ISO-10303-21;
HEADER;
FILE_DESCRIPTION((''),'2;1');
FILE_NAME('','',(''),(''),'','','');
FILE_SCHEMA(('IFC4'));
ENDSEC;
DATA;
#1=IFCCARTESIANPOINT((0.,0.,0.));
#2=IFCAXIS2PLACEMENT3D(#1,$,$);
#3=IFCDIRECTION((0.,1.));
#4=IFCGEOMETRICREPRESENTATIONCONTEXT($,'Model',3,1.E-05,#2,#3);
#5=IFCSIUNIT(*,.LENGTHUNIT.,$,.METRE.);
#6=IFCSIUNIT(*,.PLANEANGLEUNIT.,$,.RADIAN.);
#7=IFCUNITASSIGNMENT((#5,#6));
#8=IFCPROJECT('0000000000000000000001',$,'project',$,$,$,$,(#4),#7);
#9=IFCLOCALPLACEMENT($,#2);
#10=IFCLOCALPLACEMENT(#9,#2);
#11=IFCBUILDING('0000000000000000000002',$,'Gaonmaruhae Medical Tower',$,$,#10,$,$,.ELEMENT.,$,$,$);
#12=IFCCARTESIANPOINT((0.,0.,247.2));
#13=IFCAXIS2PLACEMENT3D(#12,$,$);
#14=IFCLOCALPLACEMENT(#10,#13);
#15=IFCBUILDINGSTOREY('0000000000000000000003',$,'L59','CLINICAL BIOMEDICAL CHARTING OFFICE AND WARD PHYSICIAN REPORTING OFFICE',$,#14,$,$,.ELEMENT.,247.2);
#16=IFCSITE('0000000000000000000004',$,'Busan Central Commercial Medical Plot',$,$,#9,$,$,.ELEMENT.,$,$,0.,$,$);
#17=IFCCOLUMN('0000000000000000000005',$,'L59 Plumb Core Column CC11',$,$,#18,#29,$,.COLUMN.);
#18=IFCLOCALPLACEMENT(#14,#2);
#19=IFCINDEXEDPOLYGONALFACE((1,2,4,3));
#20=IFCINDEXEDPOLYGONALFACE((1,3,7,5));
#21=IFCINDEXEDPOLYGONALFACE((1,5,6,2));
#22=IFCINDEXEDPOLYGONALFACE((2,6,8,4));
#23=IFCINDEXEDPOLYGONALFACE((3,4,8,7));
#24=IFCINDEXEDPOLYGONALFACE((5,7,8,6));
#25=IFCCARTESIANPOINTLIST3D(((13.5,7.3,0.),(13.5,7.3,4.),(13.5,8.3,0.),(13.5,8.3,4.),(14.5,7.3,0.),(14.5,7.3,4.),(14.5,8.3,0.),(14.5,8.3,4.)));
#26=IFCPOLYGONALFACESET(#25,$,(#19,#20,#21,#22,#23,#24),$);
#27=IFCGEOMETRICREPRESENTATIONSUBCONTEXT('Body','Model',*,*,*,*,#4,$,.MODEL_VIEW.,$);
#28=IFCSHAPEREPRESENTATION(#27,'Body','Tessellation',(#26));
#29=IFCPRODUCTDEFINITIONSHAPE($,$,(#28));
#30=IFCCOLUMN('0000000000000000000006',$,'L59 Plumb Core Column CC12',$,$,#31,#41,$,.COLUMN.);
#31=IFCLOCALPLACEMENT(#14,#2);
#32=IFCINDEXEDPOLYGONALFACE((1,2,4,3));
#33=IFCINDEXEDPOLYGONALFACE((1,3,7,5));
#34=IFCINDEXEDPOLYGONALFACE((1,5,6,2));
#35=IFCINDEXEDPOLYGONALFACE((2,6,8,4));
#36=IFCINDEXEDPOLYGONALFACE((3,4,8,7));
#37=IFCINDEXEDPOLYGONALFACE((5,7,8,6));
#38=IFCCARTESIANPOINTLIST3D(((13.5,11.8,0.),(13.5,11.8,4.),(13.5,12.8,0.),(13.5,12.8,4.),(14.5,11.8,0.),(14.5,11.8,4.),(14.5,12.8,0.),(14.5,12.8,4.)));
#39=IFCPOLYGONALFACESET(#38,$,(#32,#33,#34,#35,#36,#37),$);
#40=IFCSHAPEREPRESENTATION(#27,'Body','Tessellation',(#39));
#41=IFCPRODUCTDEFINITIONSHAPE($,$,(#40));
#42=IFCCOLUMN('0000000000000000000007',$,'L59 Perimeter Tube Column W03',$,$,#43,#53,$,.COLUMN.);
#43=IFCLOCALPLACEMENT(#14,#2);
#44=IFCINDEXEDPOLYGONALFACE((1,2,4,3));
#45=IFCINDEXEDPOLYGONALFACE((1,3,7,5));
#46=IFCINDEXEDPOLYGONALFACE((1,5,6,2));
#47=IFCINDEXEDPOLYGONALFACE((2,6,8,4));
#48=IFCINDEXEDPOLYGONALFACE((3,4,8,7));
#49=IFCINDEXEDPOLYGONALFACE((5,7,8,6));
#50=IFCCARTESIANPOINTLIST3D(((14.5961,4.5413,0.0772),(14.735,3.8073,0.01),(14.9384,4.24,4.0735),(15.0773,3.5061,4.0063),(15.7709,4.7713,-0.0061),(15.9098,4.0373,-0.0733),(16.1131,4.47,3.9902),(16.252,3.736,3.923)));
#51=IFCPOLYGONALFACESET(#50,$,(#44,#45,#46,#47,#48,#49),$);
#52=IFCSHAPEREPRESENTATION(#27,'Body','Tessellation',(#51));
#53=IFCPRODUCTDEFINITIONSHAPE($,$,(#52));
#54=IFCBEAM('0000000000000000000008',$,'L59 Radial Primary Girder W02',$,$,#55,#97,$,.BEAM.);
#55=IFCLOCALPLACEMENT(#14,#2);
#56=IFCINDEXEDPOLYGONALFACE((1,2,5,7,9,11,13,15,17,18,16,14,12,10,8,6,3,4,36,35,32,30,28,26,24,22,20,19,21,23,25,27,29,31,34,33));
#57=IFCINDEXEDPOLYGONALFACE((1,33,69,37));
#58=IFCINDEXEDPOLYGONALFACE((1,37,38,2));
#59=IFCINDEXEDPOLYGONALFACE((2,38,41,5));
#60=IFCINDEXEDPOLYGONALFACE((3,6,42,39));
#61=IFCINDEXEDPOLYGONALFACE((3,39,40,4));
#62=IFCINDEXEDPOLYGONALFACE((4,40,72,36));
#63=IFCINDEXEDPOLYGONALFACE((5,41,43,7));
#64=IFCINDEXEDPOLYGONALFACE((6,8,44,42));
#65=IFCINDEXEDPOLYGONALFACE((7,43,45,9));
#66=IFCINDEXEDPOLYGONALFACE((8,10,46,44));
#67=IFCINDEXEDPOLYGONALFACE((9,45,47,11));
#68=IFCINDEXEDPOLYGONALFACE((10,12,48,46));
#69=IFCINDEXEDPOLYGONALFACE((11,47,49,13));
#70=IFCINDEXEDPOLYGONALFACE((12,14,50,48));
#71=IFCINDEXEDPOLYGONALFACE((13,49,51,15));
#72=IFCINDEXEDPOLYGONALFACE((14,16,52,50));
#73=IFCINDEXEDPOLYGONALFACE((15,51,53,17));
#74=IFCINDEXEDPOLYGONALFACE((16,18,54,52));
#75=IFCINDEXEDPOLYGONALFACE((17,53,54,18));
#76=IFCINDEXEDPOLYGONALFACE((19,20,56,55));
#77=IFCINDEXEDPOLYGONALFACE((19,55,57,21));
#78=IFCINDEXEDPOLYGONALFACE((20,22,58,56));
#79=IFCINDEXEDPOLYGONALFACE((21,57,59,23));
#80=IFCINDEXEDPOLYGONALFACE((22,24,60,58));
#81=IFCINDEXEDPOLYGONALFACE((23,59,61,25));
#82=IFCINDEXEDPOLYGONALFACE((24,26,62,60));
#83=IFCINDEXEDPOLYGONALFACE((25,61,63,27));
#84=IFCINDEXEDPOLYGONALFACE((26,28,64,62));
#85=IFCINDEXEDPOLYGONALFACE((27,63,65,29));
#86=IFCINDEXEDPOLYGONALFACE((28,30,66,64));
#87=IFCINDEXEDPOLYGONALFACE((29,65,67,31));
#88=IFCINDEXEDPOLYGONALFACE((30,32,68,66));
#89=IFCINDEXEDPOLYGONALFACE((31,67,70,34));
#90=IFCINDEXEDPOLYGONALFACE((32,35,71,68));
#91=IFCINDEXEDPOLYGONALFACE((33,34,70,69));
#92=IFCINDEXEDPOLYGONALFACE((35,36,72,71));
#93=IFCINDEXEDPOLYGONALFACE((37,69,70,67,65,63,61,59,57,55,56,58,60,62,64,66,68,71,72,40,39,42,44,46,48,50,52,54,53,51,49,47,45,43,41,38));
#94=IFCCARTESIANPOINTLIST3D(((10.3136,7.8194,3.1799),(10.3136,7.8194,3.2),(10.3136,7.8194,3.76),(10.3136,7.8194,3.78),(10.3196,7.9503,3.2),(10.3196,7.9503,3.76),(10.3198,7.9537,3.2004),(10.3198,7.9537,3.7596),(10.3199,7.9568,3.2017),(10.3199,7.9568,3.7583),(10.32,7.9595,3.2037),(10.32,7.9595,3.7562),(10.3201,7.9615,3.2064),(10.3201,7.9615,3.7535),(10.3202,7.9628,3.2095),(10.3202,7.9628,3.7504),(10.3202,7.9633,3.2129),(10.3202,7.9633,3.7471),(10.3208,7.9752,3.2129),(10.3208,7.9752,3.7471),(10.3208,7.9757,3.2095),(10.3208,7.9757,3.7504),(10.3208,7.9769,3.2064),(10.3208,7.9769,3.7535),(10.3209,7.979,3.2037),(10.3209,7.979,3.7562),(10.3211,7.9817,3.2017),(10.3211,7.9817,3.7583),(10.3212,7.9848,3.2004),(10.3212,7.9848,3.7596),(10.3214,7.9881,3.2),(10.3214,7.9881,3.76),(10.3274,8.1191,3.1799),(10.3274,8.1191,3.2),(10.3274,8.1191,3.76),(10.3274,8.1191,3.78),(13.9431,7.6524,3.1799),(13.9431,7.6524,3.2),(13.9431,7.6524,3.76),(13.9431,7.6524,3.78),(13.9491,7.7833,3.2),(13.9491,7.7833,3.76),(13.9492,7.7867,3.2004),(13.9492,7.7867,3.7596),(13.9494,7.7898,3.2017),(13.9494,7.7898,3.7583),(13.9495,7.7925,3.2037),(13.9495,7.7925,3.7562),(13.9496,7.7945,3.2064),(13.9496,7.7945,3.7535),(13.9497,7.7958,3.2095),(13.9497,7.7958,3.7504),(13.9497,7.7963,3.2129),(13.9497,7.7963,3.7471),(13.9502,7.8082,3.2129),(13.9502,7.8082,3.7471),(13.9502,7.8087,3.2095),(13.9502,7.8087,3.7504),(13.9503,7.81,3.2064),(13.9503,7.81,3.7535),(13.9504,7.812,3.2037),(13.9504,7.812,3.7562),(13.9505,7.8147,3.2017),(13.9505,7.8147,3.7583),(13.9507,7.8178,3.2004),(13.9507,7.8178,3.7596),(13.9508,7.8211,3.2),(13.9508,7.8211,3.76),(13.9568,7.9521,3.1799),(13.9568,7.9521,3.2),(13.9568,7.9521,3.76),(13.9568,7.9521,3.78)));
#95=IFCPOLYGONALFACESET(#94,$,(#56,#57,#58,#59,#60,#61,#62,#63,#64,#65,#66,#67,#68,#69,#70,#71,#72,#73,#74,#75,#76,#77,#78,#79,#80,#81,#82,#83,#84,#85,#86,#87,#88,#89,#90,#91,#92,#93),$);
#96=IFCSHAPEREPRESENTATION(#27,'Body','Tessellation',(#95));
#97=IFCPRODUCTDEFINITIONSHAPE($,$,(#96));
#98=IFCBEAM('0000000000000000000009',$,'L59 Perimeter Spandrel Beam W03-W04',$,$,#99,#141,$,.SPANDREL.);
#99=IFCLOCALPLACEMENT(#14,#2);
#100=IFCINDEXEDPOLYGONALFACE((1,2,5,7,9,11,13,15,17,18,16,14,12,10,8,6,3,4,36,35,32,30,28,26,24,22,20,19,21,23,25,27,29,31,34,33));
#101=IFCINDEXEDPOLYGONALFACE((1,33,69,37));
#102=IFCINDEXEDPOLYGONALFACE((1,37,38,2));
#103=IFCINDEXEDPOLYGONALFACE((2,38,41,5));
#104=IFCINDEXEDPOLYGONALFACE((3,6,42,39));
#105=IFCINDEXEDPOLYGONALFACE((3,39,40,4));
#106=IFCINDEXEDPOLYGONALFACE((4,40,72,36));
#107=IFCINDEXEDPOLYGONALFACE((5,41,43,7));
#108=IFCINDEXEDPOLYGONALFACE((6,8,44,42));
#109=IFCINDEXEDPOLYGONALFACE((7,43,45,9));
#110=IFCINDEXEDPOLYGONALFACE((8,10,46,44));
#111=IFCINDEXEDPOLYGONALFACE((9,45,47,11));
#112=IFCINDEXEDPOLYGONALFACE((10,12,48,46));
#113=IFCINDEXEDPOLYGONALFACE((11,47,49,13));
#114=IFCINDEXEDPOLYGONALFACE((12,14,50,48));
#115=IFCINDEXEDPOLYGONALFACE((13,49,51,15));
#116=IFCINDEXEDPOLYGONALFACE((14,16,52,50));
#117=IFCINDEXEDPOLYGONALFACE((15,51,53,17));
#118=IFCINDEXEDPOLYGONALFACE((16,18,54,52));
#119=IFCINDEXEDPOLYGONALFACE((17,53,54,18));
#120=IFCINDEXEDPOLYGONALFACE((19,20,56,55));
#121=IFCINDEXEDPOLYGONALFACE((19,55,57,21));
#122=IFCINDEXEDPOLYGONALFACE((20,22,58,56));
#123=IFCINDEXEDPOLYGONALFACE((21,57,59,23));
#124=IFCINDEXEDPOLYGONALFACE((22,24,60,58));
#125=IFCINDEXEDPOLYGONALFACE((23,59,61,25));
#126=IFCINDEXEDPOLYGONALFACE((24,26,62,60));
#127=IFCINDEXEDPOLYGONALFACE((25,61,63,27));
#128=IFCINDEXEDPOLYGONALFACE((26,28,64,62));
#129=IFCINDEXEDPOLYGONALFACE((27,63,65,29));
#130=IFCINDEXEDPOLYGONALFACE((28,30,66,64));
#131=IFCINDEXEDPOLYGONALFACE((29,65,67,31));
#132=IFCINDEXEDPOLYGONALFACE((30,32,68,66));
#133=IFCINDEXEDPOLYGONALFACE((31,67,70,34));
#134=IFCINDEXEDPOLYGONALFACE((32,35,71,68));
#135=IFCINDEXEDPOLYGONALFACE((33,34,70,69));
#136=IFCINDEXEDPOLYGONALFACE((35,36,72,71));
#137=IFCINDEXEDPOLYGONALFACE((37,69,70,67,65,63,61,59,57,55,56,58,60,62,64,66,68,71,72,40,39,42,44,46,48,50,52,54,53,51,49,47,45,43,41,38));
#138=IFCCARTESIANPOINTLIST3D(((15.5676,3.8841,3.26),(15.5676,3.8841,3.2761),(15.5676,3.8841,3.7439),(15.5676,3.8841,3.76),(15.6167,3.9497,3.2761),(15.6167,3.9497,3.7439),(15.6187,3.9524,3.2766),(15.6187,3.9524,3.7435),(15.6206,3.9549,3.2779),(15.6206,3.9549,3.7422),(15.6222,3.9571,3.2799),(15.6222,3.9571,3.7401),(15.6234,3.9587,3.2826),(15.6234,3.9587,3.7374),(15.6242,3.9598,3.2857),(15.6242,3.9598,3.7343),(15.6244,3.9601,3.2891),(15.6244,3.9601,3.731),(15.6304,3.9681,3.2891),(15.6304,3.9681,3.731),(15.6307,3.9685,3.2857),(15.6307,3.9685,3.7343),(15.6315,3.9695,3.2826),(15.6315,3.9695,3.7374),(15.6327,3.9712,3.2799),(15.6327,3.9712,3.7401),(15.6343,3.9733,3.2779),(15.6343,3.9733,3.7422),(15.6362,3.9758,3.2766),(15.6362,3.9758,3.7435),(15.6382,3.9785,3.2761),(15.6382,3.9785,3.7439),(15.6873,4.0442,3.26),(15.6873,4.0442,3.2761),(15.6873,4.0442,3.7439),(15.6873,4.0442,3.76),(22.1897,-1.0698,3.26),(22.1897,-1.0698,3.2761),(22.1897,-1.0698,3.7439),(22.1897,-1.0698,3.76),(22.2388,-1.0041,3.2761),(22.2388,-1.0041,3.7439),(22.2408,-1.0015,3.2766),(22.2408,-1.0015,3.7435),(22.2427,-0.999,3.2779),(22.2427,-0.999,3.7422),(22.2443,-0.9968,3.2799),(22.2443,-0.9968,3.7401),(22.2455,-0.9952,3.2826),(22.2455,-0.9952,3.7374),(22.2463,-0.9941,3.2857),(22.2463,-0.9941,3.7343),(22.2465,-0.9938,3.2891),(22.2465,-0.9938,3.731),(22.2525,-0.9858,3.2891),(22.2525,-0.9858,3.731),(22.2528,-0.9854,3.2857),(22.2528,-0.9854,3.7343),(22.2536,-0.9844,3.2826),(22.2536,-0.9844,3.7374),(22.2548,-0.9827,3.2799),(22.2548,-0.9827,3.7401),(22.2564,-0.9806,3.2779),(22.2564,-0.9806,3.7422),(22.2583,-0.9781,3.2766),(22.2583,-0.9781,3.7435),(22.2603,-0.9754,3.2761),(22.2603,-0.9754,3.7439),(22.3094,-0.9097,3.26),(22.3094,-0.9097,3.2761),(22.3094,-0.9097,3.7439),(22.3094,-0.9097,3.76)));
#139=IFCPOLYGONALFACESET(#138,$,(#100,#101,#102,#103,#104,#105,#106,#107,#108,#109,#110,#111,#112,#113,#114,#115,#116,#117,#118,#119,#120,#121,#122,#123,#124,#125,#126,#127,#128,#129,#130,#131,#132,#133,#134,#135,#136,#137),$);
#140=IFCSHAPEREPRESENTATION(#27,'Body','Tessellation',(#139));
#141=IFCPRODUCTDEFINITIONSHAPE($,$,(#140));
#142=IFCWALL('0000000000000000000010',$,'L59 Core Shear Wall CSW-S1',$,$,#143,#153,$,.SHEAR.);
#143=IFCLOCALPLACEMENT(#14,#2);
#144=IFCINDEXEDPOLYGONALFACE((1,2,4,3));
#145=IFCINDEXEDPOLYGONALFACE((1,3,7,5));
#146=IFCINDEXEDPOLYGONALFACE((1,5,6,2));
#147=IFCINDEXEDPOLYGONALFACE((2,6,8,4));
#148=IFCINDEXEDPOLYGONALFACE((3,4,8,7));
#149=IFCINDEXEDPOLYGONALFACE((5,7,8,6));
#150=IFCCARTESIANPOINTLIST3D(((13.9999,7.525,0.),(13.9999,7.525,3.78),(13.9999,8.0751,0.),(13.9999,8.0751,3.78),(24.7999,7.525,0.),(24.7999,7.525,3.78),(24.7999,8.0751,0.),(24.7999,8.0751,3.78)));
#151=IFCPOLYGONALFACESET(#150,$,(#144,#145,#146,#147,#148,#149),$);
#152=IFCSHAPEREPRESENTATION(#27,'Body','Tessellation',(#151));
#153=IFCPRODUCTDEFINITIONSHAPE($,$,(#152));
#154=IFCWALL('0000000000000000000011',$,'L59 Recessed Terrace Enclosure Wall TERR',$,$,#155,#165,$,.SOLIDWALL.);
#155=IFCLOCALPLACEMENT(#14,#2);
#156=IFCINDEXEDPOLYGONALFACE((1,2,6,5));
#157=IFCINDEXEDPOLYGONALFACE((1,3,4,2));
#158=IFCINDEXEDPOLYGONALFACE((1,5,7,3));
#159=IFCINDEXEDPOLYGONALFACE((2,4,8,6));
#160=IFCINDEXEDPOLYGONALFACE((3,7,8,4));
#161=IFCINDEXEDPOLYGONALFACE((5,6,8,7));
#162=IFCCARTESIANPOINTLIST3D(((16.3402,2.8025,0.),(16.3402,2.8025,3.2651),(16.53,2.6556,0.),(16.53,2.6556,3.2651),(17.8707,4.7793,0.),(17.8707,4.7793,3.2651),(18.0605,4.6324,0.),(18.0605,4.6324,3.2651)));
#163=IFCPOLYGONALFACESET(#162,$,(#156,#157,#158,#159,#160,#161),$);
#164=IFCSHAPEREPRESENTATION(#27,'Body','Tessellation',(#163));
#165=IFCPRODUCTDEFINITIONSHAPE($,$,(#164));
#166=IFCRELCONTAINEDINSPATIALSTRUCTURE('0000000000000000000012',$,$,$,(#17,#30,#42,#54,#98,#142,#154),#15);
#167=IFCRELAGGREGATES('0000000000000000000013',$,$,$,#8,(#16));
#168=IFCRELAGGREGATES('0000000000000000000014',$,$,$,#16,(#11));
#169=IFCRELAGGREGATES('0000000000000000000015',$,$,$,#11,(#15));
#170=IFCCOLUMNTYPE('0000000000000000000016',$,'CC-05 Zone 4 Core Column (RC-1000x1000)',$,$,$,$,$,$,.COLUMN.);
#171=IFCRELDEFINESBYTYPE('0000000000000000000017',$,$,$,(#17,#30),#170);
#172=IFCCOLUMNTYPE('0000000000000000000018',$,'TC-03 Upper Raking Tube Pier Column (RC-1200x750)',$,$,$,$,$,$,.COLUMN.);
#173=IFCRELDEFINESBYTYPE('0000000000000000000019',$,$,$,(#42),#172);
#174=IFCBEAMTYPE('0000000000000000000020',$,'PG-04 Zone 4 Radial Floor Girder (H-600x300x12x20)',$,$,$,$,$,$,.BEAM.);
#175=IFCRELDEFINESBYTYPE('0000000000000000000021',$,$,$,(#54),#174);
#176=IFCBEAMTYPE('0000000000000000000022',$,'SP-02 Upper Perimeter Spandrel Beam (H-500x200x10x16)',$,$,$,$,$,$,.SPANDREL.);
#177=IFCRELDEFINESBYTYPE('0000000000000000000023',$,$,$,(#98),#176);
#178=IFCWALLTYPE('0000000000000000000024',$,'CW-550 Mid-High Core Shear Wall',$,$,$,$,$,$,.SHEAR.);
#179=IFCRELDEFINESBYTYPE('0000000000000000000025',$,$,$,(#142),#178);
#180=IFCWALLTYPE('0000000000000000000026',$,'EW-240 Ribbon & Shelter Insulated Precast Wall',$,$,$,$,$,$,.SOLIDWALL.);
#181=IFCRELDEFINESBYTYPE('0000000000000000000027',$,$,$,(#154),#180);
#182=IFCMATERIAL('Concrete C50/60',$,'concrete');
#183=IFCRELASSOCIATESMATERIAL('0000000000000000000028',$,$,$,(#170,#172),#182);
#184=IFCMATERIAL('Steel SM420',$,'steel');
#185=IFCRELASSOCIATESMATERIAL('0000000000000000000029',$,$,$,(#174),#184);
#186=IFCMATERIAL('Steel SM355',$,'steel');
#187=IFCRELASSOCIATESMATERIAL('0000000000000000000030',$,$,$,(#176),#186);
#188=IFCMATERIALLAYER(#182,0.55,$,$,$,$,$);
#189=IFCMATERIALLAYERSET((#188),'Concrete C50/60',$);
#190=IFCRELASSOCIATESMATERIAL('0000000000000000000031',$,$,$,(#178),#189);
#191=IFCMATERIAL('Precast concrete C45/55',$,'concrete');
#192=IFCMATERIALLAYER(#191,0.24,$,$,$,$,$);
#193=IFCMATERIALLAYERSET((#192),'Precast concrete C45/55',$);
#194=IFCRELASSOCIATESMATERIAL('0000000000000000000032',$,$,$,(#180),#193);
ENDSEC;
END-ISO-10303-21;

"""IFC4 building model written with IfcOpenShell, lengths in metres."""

from ifc_helpers import new_model, si_unit, direction, frame, frame_2d, origin, origin_2d, place, context, subcontext, project, spatial, rectangle, i_section, extrude, material, layer, layer_set, material_profile, profile_set, type_object, element, save


model = new_model("IFC4")

# Units and contexts
model_context = context("Model", 3, precision=1e-05, world=origin(), true_north=direction((0.0, 1.0)))
body_context = subcontext(model_context, "Body", "Model", "MODEL_VIEW")
ifc_project = project(units=[si_unit("LENGTHUNIT", "METRE"), si_unit("PLANEANGLEUNIT", "RADIAN")], contexts=[model_context])

# Site, building, storey
site_placement = place(None, origin())
site = spatial("IfcSite", under=ifc_project, at=site_placement, Name="Busan Central Commercial Medical Plot", CompositionType="ELEMENT", RefElevation=0.0)
building_placement = place(site_placement, origin())
building = spatial("IfcBuilding", under=site, at=building_placement, Name="Gaonmaruhae Medical Tower", CompositionType="ELEMENT")
storey_placement = place(building_placement, frame((0.0, 0.0, 247.2)))
storey = spatial("IfcBuildingStorey", under=building, at=storey_placement, Name="L59", Description="CLINICAL BIOMEDICAL CHARTING OFFICE AND WARD PHYSICIAN REPORTING OFFICE", CompositionType="ELEMENT", Elevation=247.2)

# Columns
ifc_material_1 = material(Name="Concrete C50/60", Category="concrete")
ifc_material_profile_1 = material_profile(ifc_material_1, rectangle(XDim=1.0, YDim=1.0, at=origin_2d()), Name="RC-1000x1000")
ifc_profile_set_1 = profile_set([ifc_material_profile_1], Name="Concrete C50/60")
column_type_1 = type_object("IfcColumnType", Name="CC-05 Zone 4 Core Column (RC-1000x1000)", PredefinedType="COLUMN", material=ifc_profile_set_1)
for number, where, z_axis, x_axis, name in (
    (1, (14.0, 7.8, 0.0), (0.0, 0.0, 1.0), (1.0, 0.0, 0.0), "L59 Plumb Core Column CC11"),
    (2, (14.0, 12.3, 0.0), (0.0, 0.0, 1.0), (1.0, 0.0, 0.0), "L59 Plumb Core Column CC12"),
):
    element("IfcColumn", number, at=place(storey_placement, frame(where, z_axis=z_axis, x_axis=x_axis)), inside=storey, type_object=column_type_1, Name=name, PredefinedType="COLUMN", context=body_context, shape_type="SweptSolid", body=[
        extrude(rectangle(XDim=1.0, YDim=1.0, at=origin_2d()), origin(), (0.0, 0.0, 1.0), 4.0),
    ])
ifc_material_profile_2 = material_profile(ifc_material_1, rectangle(XDim=1.2, YDim=0.75, at=origin_2d()), Name="RC-1200x750")
ifc_profile_set_2 = profile_set([ifc_material_profile_2], Name="Concrete C50/60")
column_type_2 = type_object("IfcColumnType", Name="TC-03 Upper Raking Tube Pier Column (RC-1200x750)", PredefinedType="COLUMN", material=ifc_profile_set_2)
column_placement = place(storey_placement, frame((15.2529, 4.2893, 0.002), z_axis=(0.085098, -0.0749, 0.993553), x_axis=(-0.979007, -0.191646, 0.069404)))
element("IfcColumn", 3, at=column_placement, inside=storey, type_object=column_type_2, Name="L59 Perimeter Tube Column W03", PredefinedType="COLUMN", context=body_context, shape_type="SweptSolid", body=[
    extrude(rectangle(XDim=1.2, YDim=0.75, at=origin_2d()), origin(), (0.0, 0.0, 1.0), 4.0222),
])

# Beams
ifc_material_2 = material(Name="Steel SM420", Category="steel")
ifc_material_profile_3 = material_profile(ifc_material_2, i_section(OverallWidth=0.3, OverallDepth=0.6001, WebThickness=0.012, FlangeThickness=0.02, FilletRadius=0.0129, at=origin_2d()), Name="H-600x300x12x20")
ifc_profile_set_3 = profile_set([ifc_material_profile_3], Name="Steel SM420")
beam_type_1 = type_object("IfcBeamType", Name="PG-04 Zone 4 Radial Floor Girder (H-600x300x12x20)", PredefinedType="BEAM", material=ifc_profile_set_3)
beam_1_placement = place(storey_placement, frame((13.95, 7.8022, 3.48), z_axis=(-0.998943, 0.045962, 0.0), x_axis=(-0.045962, -0.998943, 0.0)))
element("IfcBeam", 4, at=beam_1_placement, inside=storey, type_object=beam_type_1, Name="L59 Radial Primary Girder W02", PredefinedType="BEAM", context=body_context, shape_type="SweptSolid", body=[
    extrude(i_section(OverallWidth=0.3, OverallDepth=0.6001, WebThickness=0.012, FlangeThickness=0.02, FilletRadius=0.0129, at=origin_2d()), origin(), (0.0, 0.0, 1.0), 3.6333),
])
ifc_material_3 = material(Name="Steel SM355", Category="steel")
ifc_material_profile_4 = material_profile(ifc_material_3, i_section(OverallWidth=0.2, OverallDepth=0.5, WebThickness=0.01, FlangeThickness=0.0161, FilletRadius=0.0129, at=origin_2d()), Name="H-500x200x10x16")
ifc_profile_set_4 = profile_set([ifc_material_profile_4], Name="Steel SM355")
beam_type_2 = type_object("IfcBeamType", Name="SP-02 Upper Perimeter Spandrel Beam (H-500x200x10x16)", PredefinedType="SPANDREL", material=ifc_profile_set_4)
beam_2_placement = place(storey_placement, frame((15.6274, 3.9641, 3.51), z_axis=(0.800736, -0.599017, 0.0), x_axis=(0.599017, 0.800736, 0.0)))
element("IfcBeam", 5, at=beam_2_placement, inside=storey, type_object=beam_type_2, Name="L59 Perimeter Spandrel Beam W03-W04", PredefinedType="SPANDREL", context=body_context, shape_type="SweptSolid", body=[
    extrude(i_section(OverallWidth=0.2, OverallDepth=0.5, WebThickness=0.01, FlangeThickness=0.0161, FilletRadius=0.0129, at=origin_2d()), origin(), (0.0, 0.0, 1.0), 8.27),
])

# Walls
ifc_layer_1 = layer(ifc_material_1, 0.55)
ifc_layer_set_1 = layer_set([ifc_layer_1], Name="Concrete C50/60")
wall_type_1 = type_object("IfcWallType", Name="CW-550 Mid-High Core Shear Wall", PredefinedType="SHEAR", material=ifc_layer_set_1)
wall_1_placement = place(storey_placement, frame((14.0, 7.8, 0.0), z_axis=(0.0, 0.0, 1.0), x_axis=(1.0, 0.0, 0.0)))
element("IfcWall", 6, at=wall_1_placement, inside=storey, type_object=wall_type_1, Name="L59 Core Shear Wall CSW-S1", PredefinedType="SHEAR", context=body_context, shape_type="SweptSolid", body=[
    extrude(rectangle(XDim=10.8, YDim=0.55, at=frame_2d((5.3999, 0.0))), origin(), (0.0, 0.0, 1.0), 3.78),
])
ifc_material_4 = material(Name="Precast concrete C45/55", Category="concrete")
ifc_layer_2 = layer(ifc_material_4, 0.24)
ifc_layer_set_2 = layer_set([ifc_layer_2], Name="Precast concrete C45/55")
wall_type_2 = type_object("IfcWallType", Name="EW-240 Ribbon & Shelter Insulated Precast Wall", PredefinedType="SOLIDWALL", material=ifc_layer_set_2)
wall_2_placement = place(storey_placement, frame((17.9656, 4.7058, 0.0), z_axis=(0.0, 0.0, 1.0), x_axis=(-0.612195, -0.790707, 0.0)))
element("IfcWall", 7, at=wall_2_placement, inside=storey, type_object=wall_type_2, Name="L59 Recessed Terrace Enclosure Wall TERR", PredefinedType="SOLIDWALL", context=body_context, shape_type="SweptSolid", body=[
    extrude(rectangle(XDim=2.5, YDim=0.24, at=frame_2d((1.25, 0.0))), origin(), (0.0, 0.0, 1.0), 3.2651),
])

save(model, "model.ifc")
